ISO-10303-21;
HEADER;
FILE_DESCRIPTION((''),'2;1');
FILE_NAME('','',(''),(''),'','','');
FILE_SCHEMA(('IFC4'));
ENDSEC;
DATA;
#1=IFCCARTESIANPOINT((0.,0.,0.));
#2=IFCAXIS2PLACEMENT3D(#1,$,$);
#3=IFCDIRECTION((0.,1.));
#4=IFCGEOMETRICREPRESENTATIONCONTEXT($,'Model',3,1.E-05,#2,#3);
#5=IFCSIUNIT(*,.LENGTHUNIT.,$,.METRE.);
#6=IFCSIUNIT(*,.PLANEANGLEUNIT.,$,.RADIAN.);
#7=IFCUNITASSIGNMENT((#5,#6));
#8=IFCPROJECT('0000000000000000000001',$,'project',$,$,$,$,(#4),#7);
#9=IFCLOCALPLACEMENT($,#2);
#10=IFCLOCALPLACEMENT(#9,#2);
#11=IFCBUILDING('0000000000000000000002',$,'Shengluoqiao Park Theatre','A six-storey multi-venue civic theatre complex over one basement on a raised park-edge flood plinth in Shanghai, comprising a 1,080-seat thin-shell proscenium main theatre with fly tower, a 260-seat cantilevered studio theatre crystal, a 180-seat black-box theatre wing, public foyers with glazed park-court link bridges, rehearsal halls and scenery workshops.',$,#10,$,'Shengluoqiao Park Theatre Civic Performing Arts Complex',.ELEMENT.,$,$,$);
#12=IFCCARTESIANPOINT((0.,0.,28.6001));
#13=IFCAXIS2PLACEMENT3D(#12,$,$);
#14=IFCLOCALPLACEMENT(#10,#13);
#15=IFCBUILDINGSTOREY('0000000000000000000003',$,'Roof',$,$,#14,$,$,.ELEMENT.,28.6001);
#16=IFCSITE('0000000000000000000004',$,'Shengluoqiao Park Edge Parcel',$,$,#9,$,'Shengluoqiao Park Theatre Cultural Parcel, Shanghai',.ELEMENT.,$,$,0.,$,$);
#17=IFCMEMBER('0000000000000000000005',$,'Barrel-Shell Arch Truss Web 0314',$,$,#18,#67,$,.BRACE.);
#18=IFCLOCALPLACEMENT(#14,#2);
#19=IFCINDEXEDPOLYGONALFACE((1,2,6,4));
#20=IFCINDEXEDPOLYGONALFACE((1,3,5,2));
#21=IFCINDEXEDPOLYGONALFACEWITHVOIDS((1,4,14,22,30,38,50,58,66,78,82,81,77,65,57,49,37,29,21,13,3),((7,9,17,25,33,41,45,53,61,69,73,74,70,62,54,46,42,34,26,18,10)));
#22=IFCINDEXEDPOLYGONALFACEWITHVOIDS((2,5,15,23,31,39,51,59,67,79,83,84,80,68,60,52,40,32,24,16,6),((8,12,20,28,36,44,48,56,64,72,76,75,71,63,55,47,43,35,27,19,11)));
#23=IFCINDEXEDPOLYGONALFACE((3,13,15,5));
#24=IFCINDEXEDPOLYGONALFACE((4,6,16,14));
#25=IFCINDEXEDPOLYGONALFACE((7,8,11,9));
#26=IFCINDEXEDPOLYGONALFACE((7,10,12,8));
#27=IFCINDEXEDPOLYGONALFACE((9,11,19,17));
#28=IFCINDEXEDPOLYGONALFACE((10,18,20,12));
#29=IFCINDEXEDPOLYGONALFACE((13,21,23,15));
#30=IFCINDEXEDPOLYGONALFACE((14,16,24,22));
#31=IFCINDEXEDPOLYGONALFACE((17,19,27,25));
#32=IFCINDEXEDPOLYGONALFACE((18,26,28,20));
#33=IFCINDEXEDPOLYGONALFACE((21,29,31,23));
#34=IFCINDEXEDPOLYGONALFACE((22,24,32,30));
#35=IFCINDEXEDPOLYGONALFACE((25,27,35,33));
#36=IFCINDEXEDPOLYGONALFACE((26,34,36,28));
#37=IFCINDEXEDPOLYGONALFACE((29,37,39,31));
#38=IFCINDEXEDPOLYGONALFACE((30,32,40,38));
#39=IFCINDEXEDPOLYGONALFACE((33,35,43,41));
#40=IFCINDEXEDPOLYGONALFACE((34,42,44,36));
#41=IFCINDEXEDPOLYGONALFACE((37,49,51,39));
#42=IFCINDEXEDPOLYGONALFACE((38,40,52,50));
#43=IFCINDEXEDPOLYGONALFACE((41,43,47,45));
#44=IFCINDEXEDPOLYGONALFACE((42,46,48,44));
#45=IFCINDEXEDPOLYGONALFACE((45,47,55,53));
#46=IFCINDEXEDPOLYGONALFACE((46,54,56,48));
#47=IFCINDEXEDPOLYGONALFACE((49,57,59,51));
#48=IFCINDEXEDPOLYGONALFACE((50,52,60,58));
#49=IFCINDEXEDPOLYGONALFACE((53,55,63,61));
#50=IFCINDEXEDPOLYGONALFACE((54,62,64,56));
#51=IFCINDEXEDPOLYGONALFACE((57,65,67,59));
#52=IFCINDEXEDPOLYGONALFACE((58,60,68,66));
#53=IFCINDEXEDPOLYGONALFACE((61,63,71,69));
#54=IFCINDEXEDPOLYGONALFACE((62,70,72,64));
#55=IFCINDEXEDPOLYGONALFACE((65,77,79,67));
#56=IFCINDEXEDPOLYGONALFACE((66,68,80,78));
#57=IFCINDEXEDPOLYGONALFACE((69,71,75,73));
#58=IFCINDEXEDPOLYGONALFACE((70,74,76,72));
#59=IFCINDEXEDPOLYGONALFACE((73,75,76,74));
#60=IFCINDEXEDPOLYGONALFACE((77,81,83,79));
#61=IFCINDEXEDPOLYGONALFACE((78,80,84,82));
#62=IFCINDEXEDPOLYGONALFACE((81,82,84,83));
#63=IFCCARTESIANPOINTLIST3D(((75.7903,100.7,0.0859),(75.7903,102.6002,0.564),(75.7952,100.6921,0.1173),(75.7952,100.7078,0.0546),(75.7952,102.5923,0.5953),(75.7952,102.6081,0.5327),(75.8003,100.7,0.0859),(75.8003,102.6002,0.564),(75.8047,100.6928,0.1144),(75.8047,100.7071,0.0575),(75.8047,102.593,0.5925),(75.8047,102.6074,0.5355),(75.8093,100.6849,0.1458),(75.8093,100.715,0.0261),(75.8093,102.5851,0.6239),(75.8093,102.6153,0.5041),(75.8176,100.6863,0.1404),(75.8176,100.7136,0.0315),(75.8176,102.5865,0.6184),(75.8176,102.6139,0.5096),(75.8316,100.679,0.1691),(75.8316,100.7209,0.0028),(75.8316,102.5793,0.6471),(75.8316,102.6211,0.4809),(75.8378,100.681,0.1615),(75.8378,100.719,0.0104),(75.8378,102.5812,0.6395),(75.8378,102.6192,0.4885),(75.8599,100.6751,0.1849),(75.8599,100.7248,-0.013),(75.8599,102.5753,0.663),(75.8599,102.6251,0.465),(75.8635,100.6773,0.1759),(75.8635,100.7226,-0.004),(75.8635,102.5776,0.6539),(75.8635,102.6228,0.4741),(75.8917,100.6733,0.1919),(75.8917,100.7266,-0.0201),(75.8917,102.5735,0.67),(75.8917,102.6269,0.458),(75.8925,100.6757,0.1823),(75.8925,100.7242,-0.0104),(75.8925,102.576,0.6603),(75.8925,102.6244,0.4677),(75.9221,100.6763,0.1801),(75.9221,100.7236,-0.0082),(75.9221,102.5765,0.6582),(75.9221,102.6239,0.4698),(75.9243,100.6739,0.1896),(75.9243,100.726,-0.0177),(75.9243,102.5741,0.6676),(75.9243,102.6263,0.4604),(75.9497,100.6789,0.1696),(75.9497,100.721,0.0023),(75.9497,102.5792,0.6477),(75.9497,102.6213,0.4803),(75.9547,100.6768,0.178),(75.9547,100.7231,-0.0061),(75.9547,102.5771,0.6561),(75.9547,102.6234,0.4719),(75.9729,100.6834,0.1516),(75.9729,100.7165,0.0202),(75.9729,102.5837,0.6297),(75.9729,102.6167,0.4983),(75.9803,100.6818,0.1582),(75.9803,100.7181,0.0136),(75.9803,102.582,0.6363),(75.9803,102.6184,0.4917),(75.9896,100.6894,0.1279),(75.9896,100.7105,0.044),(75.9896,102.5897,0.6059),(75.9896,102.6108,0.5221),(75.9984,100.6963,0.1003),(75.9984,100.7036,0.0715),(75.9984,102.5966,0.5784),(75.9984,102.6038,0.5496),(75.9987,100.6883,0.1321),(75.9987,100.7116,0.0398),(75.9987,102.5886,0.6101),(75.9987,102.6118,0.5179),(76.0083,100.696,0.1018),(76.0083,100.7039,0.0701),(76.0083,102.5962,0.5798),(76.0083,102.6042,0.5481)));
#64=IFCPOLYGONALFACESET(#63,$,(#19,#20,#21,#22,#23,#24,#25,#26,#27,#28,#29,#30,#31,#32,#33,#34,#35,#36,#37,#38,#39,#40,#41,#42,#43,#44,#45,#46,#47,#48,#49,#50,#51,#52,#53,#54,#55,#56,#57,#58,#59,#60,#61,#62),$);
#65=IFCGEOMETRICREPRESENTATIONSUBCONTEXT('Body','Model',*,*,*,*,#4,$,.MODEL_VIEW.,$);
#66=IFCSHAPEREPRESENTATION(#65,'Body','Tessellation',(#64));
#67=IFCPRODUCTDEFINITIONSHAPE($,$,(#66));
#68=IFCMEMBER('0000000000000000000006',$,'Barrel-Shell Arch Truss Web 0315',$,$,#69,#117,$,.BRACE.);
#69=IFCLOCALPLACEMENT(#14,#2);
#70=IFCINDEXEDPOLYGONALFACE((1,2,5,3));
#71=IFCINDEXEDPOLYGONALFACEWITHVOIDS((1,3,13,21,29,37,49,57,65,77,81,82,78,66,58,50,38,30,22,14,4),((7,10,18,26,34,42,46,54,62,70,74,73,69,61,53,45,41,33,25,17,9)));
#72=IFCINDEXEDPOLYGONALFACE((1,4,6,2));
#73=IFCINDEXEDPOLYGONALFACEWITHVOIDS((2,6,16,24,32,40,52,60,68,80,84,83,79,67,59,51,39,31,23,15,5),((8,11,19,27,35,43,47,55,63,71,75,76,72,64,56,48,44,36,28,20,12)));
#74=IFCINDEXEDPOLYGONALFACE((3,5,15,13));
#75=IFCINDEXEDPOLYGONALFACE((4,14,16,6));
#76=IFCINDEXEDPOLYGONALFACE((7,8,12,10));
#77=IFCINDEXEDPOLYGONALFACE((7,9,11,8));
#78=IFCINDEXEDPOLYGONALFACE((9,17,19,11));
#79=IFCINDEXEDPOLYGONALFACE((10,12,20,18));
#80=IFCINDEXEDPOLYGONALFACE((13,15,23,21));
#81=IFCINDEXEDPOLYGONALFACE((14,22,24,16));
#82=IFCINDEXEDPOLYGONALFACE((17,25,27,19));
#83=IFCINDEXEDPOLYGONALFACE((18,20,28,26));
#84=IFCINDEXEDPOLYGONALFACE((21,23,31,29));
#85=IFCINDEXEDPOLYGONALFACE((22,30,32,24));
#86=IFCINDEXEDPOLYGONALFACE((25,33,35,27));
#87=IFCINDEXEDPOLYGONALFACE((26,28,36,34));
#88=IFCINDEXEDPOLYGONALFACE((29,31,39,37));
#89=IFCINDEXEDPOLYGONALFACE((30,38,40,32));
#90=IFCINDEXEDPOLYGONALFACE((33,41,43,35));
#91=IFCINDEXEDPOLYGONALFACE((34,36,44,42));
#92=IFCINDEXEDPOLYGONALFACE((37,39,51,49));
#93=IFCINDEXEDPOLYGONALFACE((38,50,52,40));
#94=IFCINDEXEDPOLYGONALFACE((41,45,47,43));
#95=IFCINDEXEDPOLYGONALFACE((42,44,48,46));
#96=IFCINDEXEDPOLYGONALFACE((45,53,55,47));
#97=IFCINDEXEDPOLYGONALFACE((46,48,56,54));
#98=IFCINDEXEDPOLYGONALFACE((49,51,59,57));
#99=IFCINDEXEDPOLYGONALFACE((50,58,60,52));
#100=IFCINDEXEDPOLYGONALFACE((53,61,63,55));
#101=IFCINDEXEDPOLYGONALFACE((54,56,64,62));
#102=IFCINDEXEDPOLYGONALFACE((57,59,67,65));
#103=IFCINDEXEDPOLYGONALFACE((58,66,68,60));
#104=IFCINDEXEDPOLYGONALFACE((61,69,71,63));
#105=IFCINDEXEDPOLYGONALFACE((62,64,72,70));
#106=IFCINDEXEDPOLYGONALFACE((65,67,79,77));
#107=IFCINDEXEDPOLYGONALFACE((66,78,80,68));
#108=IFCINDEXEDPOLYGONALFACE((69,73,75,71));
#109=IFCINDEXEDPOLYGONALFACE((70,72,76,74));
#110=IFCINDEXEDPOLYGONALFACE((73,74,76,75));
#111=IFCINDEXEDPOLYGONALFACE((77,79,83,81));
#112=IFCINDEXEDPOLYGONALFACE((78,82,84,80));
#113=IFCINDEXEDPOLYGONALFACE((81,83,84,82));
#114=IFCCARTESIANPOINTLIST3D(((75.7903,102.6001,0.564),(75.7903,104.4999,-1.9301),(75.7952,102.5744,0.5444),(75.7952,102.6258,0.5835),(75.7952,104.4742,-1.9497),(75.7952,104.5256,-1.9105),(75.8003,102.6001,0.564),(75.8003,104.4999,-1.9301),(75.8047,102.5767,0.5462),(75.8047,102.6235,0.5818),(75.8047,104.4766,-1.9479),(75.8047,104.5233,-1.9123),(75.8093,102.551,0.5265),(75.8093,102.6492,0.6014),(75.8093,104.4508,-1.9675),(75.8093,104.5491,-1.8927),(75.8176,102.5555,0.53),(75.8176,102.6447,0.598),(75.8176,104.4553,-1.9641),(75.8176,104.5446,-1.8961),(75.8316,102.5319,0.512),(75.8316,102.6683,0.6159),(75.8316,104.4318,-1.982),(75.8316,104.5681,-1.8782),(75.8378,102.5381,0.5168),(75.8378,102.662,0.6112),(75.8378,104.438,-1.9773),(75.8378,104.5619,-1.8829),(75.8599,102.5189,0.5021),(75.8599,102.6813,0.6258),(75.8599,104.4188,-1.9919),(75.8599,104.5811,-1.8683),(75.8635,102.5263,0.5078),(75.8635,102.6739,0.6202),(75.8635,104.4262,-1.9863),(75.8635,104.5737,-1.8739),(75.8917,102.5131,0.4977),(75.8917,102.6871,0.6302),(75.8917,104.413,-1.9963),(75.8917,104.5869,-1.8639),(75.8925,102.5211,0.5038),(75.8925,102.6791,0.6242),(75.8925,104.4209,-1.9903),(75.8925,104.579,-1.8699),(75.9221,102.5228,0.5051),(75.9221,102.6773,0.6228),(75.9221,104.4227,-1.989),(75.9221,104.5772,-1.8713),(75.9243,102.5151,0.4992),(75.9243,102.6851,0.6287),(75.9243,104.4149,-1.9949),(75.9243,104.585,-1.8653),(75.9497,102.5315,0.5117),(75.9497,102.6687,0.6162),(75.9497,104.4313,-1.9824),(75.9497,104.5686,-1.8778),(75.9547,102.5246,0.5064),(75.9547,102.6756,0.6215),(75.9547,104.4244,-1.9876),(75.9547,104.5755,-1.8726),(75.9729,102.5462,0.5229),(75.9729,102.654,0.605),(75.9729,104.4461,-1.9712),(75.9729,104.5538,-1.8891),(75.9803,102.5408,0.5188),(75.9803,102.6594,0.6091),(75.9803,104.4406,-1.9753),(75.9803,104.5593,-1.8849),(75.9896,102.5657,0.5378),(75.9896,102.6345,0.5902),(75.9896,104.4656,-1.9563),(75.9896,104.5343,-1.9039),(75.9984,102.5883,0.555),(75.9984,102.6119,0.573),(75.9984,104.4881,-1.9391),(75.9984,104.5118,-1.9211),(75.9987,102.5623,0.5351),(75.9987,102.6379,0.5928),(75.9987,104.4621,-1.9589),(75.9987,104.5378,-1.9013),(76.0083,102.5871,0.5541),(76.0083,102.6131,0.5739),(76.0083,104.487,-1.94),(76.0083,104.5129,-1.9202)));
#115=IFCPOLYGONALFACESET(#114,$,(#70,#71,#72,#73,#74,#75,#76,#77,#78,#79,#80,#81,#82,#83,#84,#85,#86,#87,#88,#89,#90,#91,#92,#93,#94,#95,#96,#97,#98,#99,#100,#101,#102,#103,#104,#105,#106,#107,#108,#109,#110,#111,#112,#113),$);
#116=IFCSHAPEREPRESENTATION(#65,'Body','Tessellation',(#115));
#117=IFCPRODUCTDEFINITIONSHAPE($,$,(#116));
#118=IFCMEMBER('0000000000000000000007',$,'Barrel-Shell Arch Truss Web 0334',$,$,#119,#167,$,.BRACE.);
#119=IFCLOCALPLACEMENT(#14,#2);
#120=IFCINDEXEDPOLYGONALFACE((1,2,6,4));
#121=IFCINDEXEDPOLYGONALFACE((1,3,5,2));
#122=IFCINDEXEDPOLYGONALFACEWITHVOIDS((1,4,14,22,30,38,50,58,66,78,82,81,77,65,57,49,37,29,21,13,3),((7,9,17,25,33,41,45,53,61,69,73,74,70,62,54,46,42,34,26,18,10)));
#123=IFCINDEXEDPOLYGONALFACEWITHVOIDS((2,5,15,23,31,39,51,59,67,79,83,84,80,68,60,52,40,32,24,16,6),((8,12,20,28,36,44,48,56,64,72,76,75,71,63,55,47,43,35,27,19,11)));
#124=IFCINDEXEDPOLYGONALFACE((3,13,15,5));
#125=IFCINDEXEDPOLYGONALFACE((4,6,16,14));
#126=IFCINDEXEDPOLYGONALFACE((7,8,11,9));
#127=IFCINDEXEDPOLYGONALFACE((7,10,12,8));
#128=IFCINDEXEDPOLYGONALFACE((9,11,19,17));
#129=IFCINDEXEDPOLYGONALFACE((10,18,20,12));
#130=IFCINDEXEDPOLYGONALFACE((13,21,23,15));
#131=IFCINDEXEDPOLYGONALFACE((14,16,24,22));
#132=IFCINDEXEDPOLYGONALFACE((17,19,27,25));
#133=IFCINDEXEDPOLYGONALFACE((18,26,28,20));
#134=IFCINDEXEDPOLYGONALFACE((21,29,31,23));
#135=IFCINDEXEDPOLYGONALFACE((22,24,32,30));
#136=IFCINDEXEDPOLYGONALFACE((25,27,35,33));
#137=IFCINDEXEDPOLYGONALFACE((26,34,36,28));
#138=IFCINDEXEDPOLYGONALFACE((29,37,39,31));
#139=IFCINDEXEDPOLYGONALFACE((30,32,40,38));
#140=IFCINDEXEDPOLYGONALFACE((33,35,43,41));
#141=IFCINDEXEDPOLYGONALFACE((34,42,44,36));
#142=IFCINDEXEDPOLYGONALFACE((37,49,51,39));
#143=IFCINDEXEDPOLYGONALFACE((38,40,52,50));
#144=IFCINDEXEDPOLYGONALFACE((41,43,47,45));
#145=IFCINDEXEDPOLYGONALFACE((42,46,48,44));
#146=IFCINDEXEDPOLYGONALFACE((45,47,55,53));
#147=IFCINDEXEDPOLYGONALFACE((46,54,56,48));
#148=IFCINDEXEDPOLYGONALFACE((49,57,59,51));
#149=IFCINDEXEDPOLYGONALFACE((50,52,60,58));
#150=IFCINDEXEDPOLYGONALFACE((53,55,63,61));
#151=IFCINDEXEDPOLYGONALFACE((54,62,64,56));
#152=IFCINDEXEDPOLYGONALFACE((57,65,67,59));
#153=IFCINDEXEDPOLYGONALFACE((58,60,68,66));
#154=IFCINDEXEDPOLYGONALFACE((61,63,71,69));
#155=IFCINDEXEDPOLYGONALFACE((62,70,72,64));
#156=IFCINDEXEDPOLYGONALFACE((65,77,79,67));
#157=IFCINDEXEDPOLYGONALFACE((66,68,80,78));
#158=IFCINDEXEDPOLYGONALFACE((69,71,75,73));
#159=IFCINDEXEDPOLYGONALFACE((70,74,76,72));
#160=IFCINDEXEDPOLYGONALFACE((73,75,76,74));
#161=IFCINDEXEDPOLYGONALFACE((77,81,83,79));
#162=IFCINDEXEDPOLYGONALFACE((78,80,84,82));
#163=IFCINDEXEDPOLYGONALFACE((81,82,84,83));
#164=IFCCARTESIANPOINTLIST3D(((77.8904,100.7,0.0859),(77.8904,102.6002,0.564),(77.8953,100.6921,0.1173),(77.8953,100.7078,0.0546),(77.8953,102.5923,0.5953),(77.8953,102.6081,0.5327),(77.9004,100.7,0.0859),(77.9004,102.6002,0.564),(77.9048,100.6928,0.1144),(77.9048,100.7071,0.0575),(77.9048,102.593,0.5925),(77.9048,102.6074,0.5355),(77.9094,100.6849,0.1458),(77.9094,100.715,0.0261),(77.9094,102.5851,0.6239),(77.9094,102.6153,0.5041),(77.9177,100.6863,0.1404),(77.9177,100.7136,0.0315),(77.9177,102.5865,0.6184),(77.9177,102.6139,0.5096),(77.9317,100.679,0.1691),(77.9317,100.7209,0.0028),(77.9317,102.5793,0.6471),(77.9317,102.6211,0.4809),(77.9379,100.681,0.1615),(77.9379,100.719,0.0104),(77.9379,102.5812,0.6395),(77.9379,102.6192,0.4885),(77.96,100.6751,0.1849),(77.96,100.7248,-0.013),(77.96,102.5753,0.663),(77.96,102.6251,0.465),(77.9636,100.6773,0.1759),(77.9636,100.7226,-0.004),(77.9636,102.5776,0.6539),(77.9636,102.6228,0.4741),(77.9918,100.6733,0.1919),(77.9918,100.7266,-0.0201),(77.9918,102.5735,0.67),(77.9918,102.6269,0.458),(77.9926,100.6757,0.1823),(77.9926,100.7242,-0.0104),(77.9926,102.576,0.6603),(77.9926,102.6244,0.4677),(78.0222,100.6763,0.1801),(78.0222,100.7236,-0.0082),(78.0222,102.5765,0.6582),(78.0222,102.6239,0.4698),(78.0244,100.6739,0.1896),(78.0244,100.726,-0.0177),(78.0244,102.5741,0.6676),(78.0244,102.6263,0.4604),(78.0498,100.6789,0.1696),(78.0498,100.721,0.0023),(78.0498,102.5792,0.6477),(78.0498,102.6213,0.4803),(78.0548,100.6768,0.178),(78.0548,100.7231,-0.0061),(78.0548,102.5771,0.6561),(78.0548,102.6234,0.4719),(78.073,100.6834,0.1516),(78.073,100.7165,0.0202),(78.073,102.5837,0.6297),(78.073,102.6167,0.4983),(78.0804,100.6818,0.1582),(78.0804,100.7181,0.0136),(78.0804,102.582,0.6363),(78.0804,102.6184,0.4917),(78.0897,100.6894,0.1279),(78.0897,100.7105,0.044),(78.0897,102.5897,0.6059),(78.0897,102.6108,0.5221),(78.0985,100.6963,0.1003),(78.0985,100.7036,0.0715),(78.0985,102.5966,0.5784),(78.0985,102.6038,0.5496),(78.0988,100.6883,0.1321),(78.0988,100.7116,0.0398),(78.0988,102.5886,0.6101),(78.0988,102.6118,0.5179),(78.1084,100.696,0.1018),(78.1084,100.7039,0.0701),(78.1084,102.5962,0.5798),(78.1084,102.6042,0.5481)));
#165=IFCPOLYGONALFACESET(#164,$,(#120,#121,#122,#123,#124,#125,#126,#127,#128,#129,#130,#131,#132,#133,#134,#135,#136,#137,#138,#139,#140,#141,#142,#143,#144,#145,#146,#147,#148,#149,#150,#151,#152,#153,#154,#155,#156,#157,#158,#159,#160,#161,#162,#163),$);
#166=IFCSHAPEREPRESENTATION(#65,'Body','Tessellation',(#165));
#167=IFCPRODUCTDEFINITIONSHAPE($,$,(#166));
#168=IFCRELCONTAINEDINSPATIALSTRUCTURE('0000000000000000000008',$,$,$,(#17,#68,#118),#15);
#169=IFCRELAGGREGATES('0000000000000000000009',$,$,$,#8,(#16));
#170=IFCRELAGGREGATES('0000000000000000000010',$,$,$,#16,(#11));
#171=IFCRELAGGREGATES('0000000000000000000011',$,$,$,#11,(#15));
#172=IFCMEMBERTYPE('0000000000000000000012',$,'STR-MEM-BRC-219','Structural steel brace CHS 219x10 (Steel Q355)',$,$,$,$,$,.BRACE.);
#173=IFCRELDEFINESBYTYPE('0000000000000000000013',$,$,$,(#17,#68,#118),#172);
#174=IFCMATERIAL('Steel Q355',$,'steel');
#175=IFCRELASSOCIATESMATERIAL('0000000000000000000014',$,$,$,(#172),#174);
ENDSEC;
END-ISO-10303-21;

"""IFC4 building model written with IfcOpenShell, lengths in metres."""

from ifc_helpers import new_model, si_unit, direction, frame, origin, origin_2d, place, context, subcontext, project, spatial, hollow_circle, extrude, material, material_profile, profile_set, type_object, element, save


model = new_model("IFC4")

# Units and contexts
model_context = context("Model", 3, precision=1e-05, world=origin(), true_north=direction((0.0, 1.0)))
body_context = subcontext(model_context, "Body", "Model", "MODEL_VIEW")
ifc_project = project(units=[si_unit("LENGTHUNIT", "METRE"), si_unit("PLANEANGLEUNIT", "RADIAN")], contexts=[model_context])

# Site, building, storey
site_placement = place(None, origin())
site = spatial("IfcSite", under=ifc_project, at=site_placement, Name="Shengluoqiao Park Edge Parcel", LongName="Shengluoqiao Park Theatre Cultural Parcel, Shanghai", CompositionType="ELEMENT", RefElevation=0.0)
building_placement = place(site_placement, origin())
building = spatial("IfcBuilding", under=site, at=building_placement, Name="Shengluoqiao Park Theatre", Description="A six-storey multi-venue civic theatre complex over one basement on a raised park-edge flood plinth in Shanghai, comprising a 1,080-seat thin-shell proscenium main theatre with fly tower, a 260-seat cantilevered studio theatre crystal, a 180-seat black-box theatre wing, public foyers with glazed park-court link bridges, rehearsal halls and scenery workshops.", LongName="Shengluoqiao Park Theatre Civic Performing Arts Complex", CompositionType="ELEMENT")
storey_placement = place(building_placement, frame((0.0, 0.0, 28.6001)))
storey = spatial("IfcBuildingStorey", under=building, at=storey_placement, Name="Roof", CompositionType="ELEMENT", Elevation=28.6001)

# Shared definitions
ifc_material_1 = material(Name="Steel Q355", Category="steel")

# Members
ifc_material_profile_1 = material_profile(ifc_material_1, hollow_circle(Radius=0.1096, WallThickness=0.01, at=origin_2d()), Name="CHS 219x10")
ifc_profile_set_1 = profile_set([ifc_material_profile_1], Name="Steel Q355")
member_type_1 = type_object("IfcMemberType", Name="STR-MEM-BRC-219", Description="Structural steel brace CHS 219x10 (Steel Q355)", PredefinedType="BRACE", material=ifc_profile_set_1)
member_1_placement = place(storey_placement, frame((75.8999, 100.7, 0.0859), z_axis=(0.0, 0.969782, 0.243972), x_axis=(-1.0, 0.0, 0.0)))
element("IfcMember", 1, at=member_1_placement, inside=storey, type_object=member_type_1, Name="Barrel-Shell Arch Truss Web 0314", PredefinedType="BRACE", context=body_context, shape_type="SweptSolid", body=[
    extrude(hollow_circle(Radius=0.1096, WallThickness=0.01, at=origin_2d()), origin(), (0.0, 0.0, 1.0), 1.9595),
])
member_2_placement = place(storey_placement, frame((75.8999, 102.6001, 0.564), z_axis=(0.0, 0.605963, -0.795492), x_axis=(-1.0, 0.0, 0.0)))
element("IfcMember", 2, at=member_2_placement, inside=storey, type_object=member_type_1, Name="Barrel-Shell Arch Truss Web 0315", PredefinedType="BRACE", context=body_context, shape_type="SweptSolid", body=[
    extrude(hollow_circle(Radius=0.1096, WallThickness=0.01, at=origin_2d()), origin(), (0.0, 0.0, 1.0), 3.1353),
])
member_3_placement = place(storey_placement, frame((78.0, 100.7, 0.0859), z_axis=(0.0, 0.969782, 0.243972), x_axis=(-1.0, 0.0, 0.0)))
element("IfcMember", 3, at=member_3_placement, inside=storey, type_object=member_type_1, Name="Barrel-Shell Arch Truss Web 0334", PredefinedType="BRACE", context=body_context, shape_type="SweptSolid", body=[
    extrude(hollow_circle(Radius=0.1096, WallThickness=0.01, at=origin_2d()), origin(), (0.0, 0.0, 1.0), 1.9595),
])

save(model, "model.ifc")
